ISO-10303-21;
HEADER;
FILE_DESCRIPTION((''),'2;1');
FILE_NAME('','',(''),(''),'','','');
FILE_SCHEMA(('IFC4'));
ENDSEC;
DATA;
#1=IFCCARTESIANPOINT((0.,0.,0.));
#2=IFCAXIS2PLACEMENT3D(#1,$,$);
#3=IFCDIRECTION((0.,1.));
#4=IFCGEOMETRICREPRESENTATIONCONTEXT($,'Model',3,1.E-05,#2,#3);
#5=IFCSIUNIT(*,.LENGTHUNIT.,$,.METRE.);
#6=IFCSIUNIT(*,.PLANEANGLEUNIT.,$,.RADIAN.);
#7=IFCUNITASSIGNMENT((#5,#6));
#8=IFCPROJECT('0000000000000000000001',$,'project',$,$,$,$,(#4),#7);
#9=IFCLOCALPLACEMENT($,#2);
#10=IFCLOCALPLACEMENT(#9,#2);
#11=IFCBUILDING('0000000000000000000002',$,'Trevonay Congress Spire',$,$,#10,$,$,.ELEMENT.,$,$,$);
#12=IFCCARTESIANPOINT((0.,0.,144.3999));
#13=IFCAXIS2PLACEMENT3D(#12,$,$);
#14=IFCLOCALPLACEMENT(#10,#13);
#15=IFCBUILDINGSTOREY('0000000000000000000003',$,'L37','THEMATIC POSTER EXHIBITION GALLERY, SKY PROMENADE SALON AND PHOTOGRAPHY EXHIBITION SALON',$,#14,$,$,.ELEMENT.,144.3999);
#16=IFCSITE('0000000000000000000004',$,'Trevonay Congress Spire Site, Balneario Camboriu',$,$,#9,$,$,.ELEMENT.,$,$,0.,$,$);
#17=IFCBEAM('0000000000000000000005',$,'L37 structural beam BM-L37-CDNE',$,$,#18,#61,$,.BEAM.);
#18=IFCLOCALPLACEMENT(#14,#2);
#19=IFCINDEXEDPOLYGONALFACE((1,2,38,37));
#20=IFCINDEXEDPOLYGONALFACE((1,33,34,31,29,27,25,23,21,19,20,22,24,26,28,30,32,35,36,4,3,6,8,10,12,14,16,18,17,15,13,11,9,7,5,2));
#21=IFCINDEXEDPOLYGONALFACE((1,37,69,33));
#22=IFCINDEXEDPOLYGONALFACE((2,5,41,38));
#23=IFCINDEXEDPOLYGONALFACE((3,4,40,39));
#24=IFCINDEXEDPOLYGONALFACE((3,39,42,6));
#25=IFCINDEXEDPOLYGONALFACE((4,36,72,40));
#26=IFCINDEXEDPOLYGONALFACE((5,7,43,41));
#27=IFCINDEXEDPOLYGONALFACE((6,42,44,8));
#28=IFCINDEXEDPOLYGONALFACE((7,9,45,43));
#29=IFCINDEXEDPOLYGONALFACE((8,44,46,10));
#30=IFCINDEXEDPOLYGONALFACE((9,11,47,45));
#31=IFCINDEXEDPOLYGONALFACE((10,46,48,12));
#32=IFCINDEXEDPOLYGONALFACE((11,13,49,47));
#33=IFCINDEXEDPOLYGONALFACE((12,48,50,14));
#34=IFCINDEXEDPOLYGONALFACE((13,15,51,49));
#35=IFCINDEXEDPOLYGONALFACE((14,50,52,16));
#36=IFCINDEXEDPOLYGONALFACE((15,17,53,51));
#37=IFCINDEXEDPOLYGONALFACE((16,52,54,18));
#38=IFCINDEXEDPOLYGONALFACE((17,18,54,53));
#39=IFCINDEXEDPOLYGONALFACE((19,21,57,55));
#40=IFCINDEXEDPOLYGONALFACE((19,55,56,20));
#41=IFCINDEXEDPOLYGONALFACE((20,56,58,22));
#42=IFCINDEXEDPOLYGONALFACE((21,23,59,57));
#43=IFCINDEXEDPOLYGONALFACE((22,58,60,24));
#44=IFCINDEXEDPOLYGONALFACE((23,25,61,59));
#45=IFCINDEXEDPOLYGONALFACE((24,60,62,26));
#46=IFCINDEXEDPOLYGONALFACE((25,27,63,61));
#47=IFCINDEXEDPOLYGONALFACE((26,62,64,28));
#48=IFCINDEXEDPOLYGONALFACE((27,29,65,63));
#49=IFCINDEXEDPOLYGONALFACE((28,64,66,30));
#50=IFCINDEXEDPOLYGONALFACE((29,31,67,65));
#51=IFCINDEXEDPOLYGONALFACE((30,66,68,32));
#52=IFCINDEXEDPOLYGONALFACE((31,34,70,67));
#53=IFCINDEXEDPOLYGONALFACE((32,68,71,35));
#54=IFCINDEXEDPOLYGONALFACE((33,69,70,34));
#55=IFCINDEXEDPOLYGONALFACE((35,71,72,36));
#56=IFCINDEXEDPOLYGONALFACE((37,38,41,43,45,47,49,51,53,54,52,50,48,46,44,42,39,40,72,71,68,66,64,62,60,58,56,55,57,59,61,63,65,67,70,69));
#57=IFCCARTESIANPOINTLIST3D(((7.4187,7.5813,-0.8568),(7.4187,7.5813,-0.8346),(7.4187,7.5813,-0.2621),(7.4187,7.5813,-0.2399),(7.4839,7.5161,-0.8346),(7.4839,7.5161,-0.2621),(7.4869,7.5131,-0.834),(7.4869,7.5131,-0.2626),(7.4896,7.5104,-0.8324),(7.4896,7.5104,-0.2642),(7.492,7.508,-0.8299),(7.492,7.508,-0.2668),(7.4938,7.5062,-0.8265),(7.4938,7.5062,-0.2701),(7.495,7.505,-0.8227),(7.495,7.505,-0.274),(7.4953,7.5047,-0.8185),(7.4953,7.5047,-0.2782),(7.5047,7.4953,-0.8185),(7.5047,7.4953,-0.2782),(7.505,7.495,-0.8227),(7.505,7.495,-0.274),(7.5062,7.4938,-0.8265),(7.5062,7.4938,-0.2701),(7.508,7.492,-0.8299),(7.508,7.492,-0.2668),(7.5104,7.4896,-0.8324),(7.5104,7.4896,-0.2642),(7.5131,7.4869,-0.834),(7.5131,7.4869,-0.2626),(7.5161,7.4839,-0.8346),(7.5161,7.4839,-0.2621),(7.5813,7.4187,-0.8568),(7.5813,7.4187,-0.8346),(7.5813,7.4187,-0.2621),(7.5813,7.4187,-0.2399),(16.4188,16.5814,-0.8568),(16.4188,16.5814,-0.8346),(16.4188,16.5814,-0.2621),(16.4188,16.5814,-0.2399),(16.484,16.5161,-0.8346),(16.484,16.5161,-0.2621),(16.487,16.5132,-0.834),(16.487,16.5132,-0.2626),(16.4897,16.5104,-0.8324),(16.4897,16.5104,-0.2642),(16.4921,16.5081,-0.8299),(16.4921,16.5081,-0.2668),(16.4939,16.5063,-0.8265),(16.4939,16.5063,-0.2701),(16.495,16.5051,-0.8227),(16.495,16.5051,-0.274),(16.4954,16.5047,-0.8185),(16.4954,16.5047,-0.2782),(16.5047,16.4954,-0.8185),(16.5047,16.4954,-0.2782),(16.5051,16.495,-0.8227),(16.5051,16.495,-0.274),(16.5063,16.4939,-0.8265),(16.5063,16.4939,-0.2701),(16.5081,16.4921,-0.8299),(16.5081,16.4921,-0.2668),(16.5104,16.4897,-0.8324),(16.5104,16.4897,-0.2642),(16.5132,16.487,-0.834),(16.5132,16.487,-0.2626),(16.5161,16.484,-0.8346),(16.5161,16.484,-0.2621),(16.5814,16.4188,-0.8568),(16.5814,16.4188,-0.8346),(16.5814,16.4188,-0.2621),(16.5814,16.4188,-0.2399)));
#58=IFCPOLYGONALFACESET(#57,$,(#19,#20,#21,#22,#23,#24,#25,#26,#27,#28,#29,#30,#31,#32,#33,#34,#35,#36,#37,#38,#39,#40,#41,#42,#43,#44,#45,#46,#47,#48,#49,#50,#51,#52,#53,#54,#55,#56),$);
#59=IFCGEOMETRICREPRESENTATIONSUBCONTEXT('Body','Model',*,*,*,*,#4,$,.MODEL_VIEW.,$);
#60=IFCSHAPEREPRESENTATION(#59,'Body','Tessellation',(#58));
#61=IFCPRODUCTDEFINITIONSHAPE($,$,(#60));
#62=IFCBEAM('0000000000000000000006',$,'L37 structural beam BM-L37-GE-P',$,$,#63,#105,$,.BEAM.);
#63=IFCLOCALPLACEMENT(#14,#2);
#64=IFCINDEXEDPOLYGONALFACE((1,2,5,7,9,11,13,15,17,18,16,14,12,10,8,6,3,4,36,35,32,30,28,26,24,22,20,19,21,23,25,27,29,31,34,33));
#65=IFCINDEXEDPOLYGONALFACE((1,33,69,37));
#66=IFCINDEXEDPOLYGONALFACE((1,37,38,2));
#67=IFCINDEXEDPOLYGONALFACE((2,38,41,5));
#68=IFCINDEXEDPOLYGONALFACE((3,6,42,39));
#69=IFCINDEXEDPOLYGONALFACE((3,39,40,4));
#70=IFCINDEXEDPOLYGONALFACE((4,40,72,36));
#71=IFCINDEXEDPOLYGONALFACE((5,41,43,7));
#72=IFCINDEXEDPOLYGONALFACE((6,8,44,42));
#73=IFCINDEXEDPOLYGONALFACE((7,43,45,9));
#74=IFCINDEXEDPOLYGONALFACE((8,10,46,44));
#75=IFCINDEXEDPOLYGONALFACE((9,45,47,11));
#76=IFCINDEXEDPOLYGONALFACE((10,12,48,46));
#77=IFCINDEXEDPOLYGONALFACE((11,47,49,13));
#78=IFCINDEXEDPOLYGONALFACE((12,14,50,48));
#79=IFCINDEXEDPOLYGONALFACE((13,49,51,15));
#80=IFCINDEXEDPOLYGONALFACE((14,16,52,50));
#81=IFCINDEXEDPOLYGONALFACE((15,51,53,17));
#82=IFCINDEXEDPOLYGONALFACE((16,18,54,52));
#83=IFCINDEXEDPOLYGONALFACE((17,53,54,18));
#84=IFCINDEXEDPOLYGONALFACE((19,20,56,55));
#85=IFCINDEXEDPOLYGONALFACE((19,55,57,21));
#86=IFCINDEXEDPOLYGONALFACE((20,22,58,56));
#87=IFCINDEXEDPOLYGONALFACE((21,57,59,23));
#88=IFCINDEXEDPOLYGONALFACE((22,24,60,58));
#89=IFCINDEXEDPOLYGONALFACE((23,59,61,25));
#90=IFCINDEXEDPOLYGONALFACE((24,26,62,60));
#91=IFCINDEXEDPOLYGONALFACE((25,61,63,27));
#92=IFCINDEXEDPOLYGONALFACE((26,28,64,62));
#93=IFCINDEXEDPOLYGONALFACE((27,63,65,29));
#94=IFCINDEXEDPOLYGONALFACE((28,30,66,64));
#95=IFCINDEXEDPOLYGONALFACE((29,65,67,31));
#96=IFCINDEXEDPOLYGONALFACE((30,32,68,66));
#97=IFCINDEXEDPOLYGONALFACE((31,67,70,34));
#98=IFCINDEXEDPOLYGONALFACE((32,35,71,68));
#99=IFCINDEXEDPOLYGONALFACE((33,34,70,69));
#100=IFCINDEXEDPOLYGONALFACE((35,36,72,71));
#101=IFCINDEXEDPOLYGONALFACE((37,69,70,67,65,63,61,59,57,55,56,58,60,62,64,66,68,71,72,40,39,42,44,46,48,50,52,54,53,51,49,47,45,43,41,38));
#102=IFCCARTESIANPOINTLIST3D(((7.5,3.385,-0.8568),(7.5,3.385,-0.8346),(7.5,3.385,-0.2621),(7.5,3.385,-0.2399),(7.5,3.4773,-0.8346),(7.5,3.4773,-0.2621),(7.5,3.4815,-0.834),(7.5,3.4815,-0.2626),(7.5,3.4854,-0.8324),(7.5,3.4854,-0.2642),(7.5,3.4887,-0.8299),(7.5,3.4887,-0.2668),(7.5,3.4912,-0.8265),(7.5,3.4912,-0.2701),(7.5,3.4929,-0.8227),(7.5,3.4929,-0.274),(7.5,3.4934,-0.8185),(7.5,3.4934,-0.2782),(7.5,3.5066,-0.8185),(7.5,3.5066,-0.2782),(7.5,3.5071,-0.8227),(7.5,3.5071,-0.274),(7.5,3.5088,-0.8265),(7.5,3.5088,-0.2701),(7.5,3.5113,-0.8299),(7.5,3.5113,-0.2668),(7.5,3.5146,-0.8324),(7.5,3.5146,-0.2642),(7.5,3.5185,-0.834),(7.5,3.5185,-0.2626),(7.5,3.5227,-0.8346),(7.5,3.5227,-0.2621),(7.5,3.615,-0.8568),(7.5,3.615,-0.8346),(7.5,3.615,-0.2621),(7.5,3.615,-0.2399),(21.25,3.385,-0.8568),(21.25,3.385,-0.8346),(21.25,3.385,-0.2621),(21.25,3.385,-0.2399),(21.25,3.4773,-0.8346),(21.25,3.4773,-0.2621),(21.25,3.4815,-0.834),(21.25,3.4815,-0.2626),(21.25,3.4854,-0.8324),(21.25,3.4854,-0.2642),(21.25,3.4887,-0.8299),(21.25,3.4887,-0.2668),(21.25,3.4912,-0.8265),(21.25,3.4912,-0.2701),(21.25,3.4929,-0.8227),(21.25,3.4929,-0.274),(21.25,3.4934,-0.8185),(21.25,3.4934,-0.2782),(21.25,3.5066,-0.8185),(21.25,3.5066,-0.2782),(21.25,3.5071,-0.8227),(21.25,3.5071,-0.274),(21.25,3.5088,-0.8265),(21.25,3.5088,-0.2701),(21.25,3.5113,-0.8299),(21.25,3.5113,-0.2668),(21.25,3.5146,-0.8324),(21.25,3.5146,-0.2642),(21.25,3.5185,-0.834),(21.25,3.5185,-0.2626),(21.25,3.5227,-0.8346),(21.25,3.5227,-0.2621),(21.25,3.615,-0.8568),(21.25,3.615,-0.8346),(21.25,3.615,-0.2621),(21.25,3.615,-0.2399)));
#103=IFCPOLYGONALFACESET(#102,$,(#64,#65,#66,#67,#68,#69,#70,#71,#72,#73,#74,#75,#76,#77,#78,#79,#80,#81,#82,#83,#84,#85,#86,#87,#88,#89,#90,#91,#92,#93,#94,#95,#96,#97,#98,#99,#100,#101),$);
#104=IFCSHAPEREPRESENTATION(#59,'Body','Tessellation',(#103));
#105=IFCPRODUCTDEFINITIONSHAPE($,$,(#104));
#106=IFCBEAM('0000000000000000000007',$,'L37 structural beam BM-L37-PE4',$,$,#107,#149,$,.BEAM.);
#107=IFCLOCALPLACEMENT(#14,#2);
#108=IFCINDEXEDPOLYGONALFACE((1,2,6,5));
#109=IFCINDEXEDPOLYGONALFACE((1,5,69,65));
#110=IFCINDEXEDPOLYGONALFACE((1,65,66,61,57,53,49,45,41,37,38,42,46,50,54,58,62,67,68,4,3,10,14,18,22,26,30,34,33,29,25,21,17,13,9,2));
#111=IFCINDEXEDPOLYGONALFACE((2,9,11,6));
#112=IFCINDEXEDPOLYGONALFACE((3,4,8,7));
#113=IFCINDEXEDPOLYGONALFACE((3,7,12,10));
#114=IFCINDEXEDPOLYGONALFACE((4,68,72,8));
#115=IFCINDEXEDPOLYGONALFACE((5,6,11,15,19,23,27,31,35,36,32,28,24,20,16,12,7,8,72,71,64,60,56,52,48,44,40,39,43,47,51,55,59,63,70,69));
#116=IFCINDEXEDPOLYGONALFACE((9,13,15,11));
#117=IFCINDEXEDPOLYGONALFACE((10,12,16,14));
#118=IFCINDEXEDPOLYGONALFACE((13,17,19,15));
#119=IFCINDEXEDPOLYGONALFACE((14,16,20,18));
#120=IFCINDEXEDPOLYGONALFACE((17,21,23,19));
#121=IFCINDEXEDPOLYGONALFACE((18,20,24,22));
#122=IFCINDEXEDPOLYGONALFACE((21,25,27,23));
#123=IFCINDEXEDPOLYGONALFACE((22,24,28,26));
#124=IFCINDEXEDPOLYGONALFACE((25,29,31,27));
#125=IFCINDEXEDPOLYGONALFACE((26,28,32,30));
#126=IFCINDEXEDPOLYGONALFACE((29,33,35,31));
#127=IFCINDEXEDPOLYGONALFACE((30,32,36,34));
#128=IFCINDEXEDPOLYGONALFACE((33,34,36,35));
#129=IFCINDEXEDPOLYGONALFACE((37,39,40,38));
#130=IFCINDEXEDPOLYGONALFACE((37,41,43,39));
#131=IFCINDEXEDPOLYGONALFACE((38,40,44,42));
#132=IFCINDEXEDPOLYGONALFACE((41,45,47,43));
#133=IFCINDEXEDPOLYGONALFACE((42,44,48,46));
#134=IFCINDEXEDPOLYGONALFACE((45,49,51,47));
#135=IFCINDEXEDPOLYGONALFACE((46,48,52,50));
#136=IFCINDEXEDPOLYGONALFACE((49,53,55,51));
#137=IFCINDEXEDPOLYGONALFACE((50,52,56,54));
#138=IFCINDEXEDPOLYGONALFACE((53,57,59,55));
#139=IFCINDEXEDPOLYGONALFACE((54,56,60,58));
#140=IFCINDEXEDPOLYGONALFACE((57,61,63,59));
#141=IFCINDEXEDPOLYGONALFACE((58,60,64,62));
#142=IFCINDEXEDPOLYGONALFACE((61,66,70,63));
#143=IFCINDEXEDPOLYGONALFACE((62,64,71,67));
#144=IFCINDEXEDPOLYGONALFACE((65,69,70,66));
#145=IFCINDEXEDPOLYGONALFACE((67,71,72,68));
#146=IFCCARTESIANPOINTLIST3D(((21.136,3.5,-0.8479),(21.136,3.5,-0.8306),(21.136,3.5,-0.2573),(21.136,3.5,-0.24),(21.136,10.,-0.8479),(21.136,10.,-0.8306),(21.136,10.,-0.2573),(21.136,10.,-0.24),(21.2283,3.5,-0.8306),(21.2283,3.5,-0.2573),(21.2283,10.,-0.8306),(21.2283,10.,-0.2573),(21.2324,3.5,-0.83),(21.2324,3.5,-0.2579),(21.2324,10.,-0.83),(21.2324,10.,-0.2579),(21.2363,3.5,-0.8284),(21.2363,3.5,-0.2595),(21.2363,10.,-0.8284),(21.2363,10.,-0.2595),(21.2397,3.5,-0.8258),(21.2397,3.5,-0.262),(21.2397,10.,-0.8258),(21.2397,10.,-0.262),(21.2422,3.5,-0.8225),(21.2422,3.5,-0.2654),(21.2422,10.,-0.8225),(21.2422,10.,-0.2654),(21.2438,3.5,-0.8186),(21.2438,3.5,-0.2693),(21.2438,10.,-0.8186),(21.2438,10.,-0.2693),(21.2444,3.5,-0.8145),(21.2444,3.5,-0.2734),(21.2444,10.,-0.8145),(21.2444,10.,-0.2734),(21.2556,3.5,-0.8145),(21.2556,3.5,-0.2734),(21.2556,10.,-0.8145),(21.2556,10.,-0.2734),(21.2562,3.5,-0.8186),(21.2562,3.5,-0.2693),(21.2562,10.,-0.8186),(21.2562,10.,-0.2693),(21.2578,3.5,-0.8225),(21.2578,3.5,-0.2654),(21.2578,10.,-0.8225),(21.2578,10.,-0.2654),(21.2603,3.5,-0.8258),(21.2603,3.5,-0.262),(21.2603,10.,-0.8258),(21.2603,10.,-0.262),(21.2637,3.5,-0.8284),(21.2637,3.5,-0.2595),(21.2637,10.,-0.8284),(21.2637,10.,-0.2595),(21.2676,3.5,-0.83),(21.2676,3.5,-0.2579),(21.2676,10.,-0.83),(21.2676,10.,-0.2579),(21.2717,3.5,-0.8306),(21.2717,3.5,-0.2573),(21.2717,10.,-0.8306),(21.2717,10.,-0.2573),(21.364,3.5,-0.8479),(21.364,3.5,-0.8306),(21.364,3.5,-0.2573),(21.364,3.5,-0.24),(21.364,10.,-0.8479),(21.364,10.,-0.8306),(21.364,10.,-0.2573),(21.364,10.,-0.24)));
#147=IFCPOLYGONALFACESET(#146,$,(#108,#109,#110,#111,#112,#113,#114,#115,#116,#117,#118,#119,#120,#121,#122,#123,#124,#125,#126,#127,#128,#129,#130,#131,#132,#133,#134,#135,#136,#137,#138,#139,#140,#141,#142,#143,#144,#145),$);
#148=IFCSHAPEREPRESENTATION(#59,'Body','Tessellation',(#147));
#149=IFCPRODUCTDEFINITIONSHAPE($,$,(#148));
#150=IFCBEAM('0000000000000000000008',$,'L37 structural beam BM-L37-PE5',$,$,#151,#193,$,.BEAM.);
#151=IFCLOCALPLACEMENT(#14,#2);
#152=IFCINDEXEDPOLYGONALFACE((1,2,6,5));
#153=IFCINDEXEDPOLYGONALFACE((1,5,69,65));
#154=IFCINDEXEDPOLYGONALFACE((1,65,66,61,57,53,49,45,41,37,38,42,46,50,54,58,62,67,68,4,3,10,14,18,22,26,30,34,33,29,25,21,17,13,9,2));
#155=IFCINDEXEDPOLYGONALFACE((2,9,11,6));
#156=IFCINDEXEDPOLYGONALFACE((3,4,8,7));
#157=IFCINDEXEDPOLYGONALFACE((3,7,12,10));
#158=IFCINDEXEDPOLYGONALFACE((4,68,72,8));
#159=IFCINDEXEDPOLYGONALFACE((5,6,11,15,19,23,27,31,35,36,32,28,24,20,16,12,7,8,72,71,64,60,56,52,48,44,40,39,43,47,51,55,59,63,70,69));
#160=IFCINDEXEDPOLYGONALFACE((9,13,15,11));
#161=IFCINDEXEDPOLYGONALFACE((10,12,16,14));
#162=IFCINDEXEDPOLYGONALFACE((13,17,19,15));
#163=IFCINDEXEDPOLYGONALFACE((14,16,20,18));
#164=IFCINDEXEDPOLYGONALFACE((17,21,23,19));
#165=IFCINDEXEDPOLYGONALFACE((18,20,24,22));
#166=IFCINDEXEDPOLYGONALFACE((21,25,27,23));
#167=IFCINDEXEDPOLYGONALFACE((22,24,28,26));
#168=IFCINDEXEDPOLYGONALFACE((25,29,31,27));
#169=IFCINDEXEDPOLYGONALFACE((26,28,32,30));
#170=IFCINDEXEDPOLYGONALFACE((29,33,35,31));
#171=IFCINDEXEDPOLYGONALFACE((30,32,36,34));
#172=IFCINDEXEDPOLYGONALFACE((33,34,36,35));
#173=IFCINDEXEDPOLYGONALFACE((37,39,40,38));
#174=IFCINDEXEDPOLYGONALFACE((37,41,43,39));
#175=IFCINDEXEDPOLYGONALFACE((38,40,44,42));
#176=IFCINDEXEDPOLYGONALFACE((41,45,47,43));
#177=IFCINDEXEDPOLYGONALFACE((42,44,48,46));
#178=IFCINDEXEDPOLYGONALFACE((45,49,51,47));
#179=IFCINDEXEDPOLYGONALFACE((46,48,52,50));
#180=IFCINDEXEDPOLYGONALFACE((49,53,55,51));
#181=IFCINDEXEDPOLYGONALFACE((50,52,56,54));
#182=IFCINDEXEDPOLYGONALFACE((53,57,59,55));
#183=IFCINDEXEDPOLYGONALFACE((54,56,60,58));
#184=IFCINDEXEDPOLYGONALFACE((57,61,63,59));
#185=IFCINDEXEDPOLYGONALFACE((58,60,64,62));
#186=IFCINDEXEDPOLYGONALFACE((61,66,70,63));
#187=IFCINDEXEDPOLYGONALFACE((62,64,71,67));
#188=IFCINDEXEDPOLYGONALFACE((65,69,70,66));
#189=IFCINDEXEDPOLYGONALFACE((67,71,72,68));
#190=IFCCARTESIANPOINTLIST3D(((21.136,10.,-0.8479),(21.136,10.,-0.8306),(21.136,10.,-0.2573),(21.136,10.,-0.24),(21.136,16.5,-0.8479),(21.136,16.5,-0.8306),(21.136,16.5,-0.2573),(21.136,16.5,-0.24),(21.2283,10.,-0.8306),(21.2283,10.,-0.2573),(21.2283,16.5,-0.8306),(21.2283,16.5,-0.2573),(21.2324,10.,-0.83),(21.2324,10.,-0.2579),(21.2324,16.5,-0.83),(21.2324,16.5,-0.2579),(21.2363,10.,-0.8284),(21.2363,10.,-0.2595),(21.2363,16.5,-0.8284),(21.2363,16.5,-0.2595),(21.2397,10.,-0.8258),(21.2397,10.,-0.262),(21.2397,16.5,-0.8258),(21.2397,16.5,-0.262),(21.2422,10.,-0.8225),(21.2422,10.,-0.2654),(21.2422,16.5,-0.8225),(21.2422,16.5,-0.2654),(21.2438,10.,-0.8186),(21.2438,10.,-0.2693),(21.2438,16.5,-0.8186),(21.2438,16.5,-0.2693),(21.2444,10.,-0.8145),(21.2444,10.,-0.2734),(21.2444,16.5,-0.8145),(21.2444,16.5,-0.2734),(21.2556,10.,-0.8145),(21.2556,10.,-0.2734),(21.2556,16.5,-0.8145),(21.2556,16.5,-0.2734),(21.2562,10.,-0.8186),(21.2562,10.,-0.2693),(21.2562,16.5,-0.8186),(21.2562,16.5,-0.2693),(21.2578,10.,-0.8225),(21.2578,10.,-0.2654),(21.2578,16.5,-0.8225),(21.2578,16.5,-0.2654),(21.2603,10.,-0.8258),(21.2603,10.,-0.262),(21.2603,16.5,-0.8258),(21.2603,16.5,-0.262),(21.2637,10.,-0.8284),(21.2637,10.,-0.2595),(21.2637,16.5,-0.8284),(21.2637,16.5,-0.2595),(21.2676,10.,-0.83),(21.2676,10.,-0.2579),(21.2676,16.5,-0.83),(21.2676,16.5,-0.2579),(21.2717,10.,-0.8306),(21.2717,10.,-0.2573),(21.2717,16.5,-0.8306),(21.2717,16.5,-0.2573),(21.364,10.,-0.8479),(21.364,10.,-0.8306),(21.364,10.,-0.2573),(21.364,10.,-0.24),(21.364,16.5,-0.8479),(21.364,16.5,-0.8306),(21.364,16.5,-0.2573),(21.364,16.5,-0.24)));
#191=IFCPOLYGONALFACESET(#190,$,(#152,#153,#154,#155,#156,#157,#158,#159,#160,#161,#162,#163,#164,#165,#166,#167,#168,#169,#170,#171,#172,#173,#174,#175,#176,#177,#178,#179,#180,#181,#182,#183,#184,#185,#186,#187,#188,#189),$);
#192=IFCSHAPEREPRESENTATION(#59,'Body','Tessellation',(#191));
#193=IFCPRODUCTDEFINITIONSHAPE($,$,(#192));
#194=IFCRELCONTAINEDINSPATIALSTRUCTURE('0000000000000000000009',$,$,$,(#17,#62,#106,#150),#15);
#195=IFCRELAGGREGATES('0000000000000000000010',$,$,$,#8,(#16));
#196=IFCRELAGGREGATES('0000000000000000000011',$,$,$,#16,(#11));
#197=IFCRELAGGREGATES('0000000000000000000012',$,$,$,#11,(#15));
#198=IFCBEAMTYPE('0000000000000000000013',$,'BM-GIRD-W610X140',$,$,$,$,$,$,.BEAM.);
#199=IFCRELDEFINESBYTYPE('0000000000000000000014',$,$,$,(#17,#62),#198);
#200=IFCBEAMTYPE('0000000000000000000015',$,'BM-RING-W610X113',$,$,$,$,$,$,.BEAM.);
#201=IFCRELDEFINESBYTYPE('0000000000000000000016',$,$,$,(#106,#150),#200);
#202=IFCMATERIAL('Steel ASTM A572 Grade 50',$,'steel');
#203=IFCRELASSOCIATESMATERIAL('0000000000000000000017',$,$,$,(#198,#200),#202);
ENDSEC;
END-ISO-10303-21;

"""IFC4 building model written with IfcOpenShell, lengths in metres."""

from ifc_helpers import new_model, si_unit, direction, frame, origin, origin_2d, place, context, subcontext, project, spatial, i_section, extrude, material, material_profile, profile_set, type_object, element, save


model = new_model("IFC4")

# Units and contexts
model_context = context("Model", 3, precision=1e-05, world=origin(), true_north=direction((0.0, 1.0)))
body_context = subcontext(model_context, "Body", "Model", "MODEL_VIEW")
ifc_project = project(units=[si_unit("LENGTHUNIT", "METRE"), si_unit("PLANEANGLEUNIT", "RADIAN")], contexts=[model_context])

# Site, building, storey
site_placement = place(None, origin())
site = spatial("IfcSite", under=ifc_project, at=site_placement, Name="Trevonay Congress Spire Site, Balneario Camboriu", CompositionType="ELEMENT", RefElevation=0.0)
building_placement = place(site_placement, origin())
building = spatial("IfcBuilding", under=site, at=building_placement, Name="Trevonay Congress Spire", CompositionType="ELEMENT")
storey_placement = place(building_placement, frame((0.0, 0.0, 144.3999)))
storey = spatial("IfcBuildingStorey", under=building, at=storey_placement, Name="L37", Description="THEMATIC POSTER EXHIBITION GALLERY, SKY PROMENADE SALON AND PHOTOGRAPHY EXHIBITION SALON", CompositionType="ELEMENT", Elevation=144.3999)

# Shared definitions
ifc_material_1 = material(Name="Steel ASTM A572 Grade 50", Category="steel")

# Beams
ifc_material_profile_1 = material_profile(ifc_material_1, i_section(OverallWidth=0.23, OverallDepth=0.6169, WebThickness=0.0132, FlangeThickness=0.0222, FilletRadius=0.0161, at=origin_2d()), Name="W610x140")
ifc_profile_set_1 = profile_set([ifc_material_profile_1], Name="Steel ASTM A572 Grade 50")
beam_type_1 = type_object("IfcBeamType", Name="BM-GIRD-W610X140", PredefinedType="BEAM", material=ifc_profile_set_1)
beam_1_placement = place(storey_placement, frame((7.5, 7.5, -0.5483), z_axis=(0.707107, 0.707107, 0.0), x_axis=(-0.707107, 0.707107, 0.0)))
element("IfcBeam", 1, at=beam_1_placement, inside=storey, type_object=beam_type_1, Name="L37 structural beam BM-L37-CDNE", PredefinedType="BEAM", context=body_context, shape_type="SweptSolid", body=[
    extrude(i_section(OverallWidth=0.23, OverallDepth=0.6169, WebThickness=0.0132, FlangeThickness=0.0222, FilletRadius=0.0161, at=origin_2d()), origin(), (0.0, 0.0, 1.0), 12.728),
])
beam_2_placement = place(storey_placement, frame((7.5, 3.5, -0.5483), z_axis=(1.0, 0.0, 0.0), x_axis=(0.0, 1.0, 0.0)))
element("IfcBeam", 2, at=beam_2_placement, inside=storey, type_object=beam_type_1, Name="L37 structural beam BM-L37-GE-P", PredefinedType="BEAM", context=body_context, shape_type="SweptSolid", body=[
    extrude(i_section(OverallWidth=0.23, OverallDepth=0.6169, WebThickness=0.0132, FlangeThickness=0.0222, FilletRadius=0.0161, at=origin_2d()), origin(), (0.0, 0.0, 1.0), 13.75),
])
ifc_material_profile_2 = material_profile(ifc_material_1, i_section(OverallWidth=0.228, OverallDepth=0.6079, WebThickness=0.0112, FlangeThickness=0.0173, FilletRadius=0.0161, at=origin_2d()), Name="W610x113")
ifc_profile_set_2 = profile_set([ifc_material_profile_2], Name="Steel ASTM A572 Grade 50")
beam_type_2 = type_object("IfcBeamType", Name="BM-RING-W610X113", PredefinedType="BEAM", material=ifc_profile_set_2)
for number, where, z_axis, x_axis, name in (
    (3, (21.25, 3.5, -0.5439), (0.0, 1.0, 0.0), (-1.0, 0.0, 0.0), "L37 structural beam BM-L37-PE4"),
    (4, (21.25, 10.0, -0.5439), (0.0, 1.0, 0.0), (-1.0, 0.0, 0.0), "L37 structural beam BM-L37-PE5"),
):
    element("IfcBeam", number, at=place(storey_placement, frame(where, z_axis=z_axis, x_axis=x_axis)), inside=storey, type_object=beam_type_2, Name=name, PredefinedType="BEAM", context=body_context, shape_type="SweptSolid", body=[
        extrude(i_section(OverallWidth=0.228, OverallDepth=0.6079, WebThickness=0.0112, FlangeThickness=0.0173, FilletRadius=0.0161, at=origin_2d()), origin(), (0.0, 0.0, 1.0), 6.5),
    ])

save(model, "model.ifc")
